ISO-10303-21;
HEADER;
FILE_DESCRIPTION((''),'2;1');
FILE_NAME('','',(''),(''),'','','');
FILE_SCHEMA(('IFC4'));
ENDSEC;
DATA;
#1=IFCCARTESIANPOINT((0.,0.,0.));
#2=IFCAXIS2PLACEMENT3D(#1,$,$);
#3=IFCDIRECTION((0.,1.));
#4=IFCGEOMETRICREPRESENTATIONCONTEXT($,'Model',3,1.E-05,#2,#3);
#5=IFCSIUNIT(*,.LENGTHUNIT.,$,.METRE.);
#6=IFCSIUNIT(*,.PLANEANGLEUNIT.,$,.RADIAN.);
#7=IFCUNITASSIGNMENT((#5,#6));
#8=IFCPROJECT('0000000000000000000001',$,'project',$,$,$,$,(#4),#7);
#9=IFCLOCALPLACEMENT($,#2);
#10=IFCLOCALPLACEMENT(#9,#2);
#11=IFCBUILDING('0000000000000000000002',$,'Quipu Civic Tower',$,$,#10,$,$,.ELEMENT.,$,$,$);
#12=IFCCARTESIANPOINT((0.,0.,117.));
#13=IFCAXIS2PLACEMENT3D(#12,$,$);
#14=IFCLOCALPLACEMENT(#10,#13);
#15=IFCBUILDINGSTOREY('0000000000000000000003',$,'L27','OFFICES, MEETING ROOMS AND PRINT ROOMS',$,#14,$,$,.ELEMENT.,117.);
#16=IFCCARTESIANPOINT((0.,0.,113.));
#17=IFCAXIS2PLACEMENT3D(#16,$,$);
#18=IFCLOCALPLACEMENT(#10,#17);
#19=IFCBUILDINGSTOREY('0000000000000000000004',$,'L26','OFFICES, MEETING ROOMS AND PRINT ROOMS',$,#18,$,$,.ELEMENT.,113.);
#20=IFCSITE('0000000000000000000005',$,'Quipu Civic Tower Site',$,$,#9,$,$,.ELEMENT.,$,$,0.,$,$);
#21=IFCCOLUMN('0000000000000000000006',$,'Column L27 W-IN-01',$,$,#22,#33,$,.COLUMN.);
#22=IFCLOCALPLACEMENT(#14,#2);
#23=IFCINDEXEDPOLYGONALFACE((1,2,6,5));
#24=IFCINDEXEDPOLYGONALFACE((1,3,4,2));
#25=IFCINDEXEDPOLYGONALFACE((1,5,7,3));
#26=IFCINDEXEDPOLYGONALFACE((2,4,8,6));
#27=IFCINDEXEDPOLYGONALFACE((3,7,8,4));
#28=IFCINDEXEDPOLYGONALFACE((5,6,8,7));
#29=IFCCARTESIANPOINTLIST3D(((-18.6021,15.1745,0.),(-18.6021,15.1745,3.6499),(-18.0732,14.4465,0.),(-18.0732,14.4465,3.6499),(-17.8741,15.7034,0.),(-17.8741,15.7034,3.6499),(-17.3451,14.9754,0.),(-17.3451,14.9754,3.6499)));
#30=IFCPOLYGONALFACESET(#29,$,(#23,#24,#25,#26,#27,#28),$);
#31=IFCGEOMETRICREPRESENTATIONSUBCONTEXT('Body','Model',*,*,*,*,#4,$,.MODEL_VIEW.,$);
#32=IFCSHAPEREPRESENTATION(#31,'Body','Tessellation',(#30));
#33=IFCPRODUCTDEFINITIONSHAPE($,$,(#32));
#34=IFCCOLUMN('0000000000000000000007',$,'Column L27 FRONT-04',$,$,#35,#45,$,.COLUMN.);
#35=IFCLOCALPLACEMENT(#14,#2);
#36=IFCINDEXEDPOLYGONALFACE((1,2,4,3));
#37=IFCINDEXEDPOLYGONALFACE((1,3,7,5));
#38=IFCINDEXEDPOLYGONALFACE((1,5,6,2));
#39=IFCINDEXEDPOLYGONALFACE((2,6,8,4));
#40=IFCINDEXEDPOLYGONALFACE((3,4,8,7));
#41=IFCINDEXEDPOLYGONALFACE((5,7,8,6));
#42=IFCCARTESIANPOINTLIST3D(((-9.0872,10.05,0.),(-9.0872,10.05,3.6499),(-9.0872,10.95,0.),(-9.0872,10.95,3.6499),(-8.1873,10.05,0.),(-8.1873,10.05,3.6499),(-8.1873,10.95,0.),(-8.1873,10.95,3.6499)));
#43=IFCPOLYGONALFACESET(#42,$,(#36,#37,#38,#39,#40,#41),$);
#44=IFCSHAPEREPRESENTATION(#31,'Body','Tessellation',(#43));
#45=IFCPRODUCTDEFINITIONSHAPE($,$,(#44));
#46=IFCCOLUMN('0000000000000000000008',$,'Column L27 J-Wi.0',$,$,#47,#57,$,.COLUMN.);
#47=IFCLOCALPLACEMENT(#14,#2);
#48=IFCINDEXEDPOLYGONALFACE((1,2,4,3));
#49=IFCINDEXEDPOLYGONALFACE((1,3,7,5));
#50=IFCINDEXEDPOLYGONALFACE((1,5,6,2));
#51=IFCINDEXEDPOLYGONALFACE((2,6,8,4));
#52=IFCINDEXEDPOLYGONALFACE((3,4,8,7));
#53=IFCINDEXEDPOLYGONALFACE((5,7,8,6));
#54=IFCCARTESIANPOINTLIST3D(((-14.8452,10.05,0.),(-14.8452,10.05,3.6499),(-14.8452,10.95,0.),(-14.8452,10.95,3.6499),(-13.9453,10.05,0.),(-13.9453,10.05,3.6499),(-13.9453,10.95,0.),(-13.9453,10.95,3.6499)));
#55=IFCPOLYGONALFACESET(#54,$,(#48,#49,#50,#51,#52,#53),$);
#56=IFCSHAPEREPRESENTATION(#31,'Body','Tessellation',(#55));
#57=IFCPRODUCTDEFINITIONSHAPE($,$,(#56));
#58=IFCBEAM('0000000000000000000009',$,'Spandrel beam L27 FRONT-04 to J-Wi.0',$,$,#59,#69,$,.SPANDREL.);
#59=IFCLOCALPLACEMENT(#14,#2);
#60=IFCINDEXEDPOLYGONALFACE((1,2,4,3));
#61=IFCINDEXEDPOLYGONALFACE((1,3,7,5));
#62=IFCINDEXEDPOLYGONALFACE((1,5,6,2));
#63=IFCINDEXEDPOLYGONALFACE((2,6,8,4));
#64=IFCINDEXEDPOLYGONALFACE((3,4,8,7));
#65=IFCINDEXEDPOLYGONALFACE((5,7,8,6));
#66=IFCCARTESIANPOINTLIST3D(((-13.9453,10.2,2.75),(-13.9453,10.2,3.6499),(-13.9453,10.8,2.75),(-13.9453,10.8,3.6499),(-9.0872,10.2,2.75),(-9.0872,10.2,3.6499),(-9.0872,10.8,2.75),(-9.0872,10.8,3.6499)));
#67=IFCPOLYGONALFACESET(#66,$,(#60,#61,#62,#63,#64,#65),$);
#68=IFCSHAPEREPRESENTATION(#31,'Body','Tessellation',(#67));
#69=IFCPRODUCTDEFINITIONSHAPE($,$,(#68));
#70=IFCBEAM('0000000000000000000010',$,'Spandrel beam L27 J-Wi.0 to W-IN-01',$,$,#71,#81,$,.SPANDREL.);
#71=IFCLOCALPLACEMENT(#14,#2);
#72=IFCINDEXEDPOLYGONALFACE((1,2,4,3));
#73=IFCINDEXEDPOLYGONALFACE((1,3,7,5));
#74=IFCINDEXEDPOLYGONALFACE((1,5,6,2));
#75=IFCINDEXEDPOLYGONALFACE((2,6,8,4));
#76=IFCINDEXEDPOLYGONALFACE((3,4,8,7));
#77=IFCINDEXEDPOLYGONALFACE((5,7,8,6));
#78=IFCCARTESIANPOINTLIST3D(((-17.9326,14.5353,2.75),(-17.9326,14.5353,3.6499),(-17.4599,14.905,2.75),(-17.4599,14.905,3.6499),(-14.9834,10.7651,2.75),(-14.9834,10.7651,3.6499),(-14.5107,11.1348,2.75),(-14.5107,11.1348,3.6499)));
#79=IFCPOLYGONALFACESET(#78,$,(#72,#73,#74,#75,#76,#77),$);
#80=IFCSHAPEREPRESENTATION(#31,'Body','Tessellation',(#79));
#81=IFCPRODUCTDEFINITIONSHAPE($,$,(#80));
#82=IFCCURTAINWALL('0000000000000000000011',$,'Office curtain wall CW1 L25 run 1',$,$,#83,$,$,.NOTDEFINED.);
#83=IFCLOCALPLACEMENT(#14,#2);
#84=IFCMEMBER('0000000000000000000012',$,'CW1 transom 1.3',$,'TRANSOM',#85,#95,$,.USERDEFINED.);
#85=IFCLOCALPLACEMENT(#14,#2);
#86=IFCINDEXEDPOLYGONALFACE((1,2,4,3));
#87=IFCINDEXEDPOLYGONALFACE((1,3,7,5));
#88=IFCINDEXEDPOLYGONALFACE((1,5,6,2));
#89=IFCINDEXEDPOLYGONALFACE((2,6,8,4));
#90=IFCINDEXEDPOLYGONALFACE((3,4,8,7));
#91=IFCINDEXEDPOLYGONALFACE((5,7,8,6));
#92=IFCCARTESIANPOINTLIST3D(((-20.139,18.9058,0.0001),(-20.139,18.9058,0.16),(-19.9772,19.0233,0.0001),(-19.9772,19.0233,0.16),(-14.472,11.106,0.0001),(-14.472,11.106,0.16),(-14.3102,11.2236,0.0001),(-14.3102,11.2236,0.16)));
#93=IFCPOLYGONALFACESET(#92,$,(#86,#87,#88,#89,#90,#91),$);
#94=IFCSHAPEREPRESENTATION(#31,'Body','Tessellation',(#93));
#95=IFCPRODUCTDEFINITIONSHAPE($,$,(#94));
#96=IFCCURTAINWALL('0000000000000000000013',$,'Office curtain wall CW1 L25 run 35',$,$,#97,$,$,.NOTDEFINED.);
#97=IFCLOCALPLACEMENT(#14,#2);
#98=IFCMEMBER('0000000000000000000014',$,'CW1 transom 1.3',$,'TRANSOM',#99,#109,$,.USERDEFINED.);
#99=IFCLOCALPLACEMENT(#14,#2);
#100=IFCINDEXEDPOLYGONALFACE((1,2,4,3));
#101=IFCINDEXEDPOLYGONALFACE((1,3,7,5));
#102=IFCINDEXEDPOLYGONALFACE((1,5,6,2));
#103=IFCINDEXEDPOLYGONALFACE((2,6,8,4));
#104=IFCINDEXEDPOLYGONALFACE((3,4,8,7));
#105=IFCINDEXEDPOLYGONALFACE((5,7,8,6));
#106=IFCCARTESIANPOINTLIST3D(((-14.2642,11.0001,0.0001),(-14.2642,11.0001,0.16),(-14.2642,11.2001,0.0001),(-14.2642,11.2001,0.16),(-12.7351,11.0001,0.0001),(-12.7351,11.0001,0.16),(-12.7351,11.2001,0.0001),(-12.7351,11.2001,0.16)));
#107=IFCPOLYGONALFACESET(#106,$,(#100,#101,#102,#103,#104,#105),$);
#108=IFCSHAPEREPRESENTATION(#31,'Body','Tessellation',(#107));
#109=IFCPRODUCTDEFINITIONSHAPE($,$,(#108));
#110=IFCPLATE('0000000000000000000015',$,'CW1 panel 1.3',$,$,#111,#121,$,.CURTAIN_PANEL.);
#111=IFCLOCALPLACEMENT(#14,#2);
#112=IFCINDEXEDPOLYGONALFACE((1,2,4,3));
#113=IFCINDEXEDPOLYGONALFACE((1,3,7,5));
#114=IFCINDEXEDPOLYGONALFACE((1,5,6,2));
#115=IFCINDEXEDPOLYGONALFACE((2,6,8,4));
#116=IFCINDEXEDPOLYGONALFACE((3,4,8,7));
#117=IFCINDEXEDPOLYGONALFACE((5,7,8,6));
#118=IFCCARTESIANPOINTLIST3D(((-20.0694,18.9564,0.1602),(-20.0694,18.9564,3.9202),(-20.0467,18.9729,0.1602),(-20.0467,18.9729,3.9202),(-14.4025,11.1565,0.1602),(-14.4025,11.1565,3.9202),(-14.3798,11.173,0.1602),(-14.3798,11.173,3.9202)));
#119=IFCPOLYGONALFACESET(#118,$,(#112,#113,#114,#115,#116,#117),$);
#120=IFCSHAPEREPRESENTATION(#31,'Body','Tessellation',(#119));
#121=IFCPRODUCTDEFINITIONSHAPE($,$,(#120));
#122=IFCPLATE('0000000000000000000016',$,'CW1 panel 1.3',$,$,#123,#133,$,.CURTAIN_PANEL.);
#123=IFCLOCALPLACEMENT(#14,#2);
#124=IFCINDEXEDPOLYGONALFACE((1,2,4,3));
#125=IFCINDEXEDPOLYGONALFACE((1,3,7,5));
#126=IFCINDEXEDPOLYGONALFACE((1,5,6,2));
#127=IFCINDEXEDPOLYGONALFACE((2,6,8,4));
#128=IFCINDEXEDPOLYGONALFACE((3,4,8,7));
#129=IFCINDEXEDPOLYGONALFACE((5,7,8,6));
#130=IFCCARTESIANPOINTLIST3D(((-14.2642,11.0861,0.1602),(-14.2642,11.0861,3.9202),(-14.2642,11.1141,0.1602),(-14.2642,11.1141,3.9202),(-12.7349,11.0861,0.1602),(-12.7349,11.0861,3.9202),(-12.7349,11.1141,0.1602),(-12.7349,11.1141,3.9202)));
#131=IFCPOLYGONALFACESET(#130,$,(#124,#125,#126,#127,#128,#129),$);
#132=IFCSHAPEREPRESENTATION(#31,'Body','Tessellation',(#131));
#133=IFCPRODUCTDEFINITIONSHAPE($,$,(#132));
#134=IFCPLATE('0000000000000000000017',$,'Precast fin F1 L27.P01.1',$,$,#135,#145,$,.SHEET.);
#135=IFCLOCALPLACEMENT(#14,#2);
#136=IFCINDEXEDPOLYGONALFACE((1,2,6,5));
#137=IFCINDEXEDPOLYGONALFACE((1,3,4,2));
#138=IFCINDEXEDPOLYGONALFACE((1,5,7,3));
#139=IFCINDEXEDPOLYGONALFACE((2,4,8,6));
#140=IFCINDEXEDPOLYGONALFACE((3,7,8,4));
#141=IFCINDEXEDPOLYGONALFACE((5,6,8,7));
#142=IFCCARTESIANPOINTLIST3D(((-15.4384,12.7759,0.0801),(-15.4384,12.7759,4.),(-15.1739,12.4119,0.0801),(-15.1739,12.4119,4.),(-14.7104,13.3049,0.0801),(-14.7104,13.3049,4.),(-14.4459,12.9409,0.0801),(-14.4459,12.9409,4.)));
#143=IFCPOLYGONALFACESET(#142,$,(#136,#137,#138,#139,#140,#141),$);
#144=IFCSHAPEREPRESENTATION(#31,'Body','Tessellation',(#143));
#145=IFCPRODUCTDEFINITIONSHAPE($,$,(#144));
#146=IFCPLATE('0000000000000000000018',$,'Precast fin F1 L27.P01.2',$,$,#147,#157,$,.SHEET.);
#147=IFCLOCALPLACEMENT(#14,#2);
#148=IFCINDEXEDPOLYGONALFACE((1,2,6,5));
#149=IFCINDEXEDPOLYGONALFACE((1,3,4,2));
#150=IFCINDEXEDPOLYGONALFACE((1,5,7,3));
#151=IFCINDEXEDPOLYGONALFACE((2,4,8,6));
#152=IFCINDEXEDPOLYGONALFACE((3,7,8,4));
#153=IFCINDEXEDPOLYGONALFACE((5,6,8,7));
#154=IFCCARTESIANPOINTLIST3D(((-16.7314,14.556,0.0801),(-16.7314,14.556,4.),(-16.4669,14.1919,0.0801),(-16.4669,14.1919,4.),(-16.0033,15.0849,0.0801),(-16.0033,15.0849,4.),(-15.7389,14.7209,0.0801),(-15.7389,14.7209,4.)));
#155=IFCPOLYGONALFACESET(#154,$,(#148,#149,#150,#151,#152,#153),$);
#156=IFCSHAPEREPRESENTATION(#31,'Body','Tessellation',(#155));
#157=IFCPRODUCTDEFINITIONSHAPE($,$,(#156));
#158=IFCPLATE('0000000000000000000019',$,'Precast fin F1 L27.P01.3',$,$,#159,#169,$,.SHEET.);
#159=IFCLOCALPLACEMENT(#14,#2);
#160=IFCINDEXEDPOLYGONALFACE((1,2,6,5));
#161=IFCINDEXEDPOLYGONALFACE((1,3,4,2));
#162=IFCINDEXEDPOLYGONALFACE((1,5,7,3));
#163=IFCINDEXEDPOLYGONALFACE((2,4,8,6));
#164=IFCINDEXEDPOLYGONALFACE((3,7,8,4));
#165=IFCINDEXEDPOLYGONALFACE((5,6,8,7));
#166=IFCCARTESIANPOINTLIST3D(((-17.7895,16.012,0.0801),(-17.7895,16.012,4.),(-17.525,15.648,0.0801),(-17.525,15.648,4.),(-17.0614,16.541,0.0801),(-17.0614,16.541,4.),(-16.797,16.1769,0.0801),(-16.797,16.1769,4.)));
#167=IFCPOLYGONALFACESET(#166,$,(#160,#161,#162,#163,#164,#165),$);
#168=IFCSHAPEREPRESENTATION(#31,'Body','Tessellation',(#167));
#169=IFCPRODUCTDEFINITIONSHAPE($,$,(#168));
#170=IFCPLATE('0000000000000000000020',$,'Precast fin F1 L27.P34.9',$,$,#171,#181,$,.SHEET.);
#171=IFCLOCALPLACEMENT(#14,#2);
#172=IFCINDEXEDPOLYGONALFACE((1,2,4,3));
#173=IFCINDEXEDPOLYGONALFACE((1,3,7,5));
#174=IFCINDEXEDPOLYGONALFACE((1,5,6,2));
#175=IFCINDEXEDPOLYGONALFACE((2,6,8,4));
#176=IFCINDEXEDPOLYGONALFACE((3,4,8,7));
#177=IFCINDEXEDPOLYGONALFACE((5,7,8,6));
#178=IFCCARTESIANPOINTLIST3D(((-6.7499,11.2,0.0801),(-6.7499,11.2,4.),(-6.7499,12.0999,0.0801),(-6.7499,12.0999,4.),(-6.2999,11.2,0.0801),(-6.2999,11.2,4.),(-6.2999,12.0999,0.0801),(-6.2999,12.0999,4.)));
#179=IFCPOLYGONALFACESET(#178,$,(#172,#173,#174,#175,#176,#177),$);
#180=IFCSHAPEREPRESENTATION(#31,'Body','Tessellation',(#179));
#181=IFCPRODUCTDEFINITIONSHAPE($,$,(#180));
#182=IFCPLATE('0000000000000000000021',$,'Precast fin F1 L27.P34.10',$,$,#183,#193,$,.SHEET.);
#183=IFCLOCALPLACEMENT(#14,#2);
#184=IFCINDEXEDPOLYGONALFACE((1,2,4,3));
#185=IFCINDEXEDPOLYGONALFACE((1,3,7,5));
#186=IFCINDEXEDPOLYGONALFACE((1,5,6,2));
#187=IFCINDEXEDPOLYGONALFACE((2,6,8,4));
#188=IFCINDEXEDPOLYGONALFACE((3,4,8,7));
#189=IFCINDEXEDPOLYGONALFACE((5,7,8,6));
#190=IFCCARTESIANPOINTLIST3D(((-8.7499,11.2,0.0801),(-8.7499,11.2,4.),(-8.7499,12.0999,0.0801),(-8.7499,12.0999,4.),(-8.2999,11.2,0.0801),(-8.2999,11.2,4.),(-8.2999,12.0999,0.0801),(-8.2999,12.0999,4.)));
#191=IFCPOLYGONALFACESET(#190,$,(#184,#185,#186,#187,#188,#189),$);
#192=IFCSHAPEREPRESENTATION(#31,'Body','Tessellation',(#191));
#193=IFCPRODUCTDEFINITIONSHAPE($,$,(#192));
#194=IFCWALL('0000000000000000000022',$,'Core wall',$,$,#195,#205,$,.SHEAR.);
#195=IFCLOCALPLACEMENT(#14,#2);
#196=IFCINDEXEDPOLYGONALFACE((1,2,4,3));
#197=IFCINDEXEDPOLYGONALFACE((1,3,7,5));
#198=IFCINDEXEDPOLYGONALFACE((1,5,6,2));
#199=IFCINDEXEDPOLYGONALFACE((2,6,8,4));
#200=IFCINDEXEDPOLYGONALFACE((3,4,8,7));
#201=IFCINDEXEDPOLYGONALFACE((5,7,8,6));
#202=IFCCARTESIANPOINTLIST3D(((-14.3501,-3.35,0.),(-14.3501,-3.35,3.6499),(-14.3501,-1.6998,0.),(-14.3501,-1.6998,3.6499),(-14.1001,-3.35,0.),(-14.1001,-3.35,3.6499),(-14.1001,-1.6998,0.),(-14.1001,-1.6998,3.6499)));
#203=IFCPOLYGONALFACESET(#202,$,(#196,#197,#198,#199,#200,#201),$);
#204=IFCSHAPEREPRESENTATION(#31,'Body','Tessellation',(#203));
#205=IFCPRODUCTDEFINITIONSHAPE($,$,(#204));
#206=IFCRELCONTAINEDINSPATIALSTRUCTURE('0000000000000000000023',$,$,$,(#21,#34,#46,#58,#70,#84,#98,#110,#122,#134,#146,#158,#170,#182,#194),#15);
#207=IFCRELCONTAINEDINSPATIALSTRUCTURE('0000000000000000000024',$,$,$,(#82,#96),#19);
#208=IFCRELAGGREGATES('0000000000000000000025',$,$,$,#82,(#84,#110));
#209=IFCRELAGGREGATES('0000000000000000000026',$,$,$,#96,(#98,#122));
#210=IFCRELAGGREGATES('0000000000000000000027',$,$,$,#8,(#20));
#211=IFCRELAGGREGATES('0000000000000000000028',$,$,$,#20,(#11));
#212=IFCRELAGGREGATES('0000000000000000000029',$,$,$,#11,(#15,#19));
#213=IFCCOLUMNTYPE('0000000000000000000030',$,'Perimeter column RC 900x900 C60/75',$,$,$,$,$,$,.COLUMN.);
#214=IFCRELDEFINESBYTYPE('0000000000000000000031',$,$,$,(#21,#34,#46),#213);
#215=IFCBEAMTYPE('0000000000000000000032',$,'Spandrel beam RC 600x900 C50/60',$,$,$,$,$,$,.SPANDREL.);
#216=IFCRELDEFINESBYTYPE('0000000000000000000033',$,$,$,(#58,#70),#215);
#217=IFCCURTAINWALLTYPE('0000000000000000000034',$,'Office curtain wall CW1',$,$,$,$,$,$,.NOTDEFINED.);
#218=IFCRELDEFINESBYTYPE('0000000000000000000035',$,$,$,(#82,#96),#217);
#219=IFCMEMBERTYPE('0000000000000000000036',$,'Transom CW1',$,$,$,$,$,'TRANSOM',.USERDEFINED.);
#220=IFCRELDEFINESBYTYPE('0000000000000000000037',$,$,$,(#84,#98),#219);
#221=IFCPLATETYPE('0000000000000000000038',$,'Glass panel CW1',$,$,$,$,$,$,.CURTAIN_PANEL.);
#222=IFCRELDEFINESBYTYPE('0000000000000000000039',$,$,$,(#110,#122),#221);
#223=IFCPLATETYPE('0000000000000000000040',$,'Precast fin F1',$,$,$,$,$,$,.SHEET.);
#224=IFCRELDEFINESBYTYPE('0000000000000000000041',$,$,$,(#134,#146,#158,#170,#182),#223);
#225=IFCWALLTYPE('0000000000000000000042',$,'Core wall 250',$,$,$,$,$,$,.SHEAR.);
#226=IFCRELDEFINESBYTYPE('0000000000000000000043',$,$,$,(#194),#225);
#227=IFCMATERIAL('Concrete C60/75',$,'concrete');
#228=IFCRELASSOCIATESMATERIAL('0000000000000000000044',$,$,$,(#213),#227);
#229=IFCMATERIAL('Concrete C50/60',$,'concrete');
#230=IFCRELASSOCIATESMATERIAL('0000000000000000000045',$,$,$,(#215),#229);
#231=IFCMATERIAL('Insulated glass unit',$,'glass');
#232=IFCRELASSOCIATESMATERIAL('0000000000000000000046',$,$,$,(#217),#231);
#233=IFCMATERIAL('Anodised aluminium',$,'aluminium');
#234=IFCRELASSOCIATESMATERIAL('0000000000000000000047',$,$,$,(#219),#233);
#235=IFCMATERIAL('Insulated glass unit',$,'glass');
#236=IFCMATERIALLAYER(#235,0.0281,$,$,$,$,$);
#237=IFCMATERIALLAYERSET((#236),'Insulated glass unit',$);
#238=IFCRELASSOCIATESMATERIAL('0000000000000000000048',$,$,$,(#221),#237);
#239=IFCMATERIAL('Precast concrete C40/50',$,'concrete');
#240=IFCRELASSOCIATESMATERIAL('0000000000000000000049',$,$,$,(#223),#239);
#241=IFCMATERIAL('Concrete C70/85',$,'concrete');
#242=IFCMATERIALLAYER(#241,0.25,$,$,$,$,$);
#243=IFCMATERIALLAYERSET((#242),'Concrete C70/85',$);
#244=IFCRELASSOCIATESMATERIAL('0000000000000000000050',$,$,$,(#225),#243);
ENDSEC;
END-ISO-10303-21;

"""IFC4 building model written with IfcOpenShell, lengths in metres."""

from ifc_helpers import new_model, si_unit, direction, frame, frame_2d, origin, origin_2d, place, context, subcontext, project, spatial, rectangle, extrude, material, layer, layer_set, material_profile, profile_set, type_object, element, aggregate, save


model = new_model("IFC4")

# Units and contexts
model_context = context("Model", 3, precision=1e-05, world=origin(), true_north=direction((0.0, 1.0)))
body_context = subcontext(model_context, "Body", "Model", "MODEL_VIEW")
ifc_project = project(units=[si_unit("LENGTHUNIT", "METRE"), si_unit("PLANEANGLEUNIT", "RADIAN")], contexts=[model_context])

# Site, building, storey
site_placement = place(None, origin())
site = spatial("IfcSite", under=ifc_project, at=site_placement, Name="Quipu Civic Tower Site", CompositionType="ELEMENT", RefElevation=0.0)
building_placement = place(site_placement, origin())
building = spatial("IfcBuilding", under=site, at=building_placement, Name="Quipu Civic Tower", CompositionType="ELEMENT")
storey_1_placement = place(building_placement, frame((0.0, 0.0, 117.0)))
storey_1 = spatial("IfcBuildingStorey", under=building, at=storey_1_placement, Name="L27", Description="OFFICES, MEETING ROOMS AND PRINT ROOMS", CompositionType="ELEMENT", Elevation=117.0)

# Columns
ifc_material_1 = material(Name="Concrete C60/75", Category="concrete")
ifc_material_profile_1 = material_profile(ifc_material_1, rectangle(XDim=0.8999, YDim=0.8999, at=origin_2d()), Name="RC900x900")
ifc_profile_set_1 = profile_set([ifc_material_profile_1], Name="Concrete C60/75")
column_type = type_object("IfcColumnType", Name="Perimeter column RC 900x900 C60/75", PredefinedType="COLUMN", material=ifc_profile_set_1)
for number, where, z_axis, x_axis, name in (
    (1, (-17.9736, 15.075, 0.0), (0.0, 0.0, 1.0), (-0.587785, 0.809017, 0.0), "Column L27 W-IN-01"),
    (2, (-8.6372, 10.5, 0.0), (0.0, 0.0, 1.0), (-1.0, 0.0, 0.0), "Column L27 FRONT-04"),
    (3, (-14.3953, 10.5, 0.0), (0.0, 0.0, 1.0), (-1.0, 0.0, 0.0), "Column L27 J-Wi.0"),
):
    element("IfcColumn", number, at=place(storey_1_placement, frame(where, z_axis=z_axis, x_axis=x_axis)), inside=storey_1, type_object=column_type, Name=name, PredefinedType="COLUMN", context=body_context, shape_type="SweptSolid", body=[
        extrude(rectangle(XDim=0.8999, YDim=0.8999, at=origin_2d()), origin(), (0.0, 0.0, 1.0), 3.6499),
    ])

# Beams
ifc_material_2 = material(Name="Concrete C50/60", Category="concrete")
ifc_material_profile_2 = material_profile(ifc_material_2, rectangle(XDim=0.6001, YDim=0.8999, at=origin_2d()), Name="RC600x900")
ifc_profile_set_2 = profile_set([ifc_material_profile_2], Name="Concrete C50/60")
beam_type = type_object("IfcBeamType", Name="Spandrel beam RC 600x900 C50/60", PredefinedType="SPANDREL", material=ifc_profile_set_2)
beam_1_placement = place(storey_1_placement, frame((-9.0872, 10.5, 3.2), z_axis=(-1.0, 0.0, 0.0), x_axis=(0.0, -1.0, 0.0)))
element("IfcBeam", 4, at=beam_1_placement, inside=storey_1, type_object=beam_type, Name="Spandrel beam L27 FRONT-04 to J-Wi.0", PredefinedType="SPANDREL", context=body_context, shape_type="SweptSolid", body=[
    extrude(rectangle(XDim=0.6001, YDim=0.8999, at=origin_2d()), origin(), (0.0, 0.0, 1.0), 4.8582),
])
beam_2_placement = place(storey_1_placement, frame((-14.7471, 10.95, 3.2), z_axis=(-0.616124, 0.787649, 0.0), x_axis=(-0.787649, -0.616124, 0.0)))
element("IfcBeam", 5, at=beam_2_placement, inside=storey_1, type_object=beam_type, Name="Spandrel beam L27 J-Wi.0 to W-IN-01", PredefinedType="SPANDREL", context=body_context, shape_type="SweptSolid", body=[
    extrude(rectangle(XDim=0.6001, YDim=0.8999, at=origin_2d()), origin(), (0.0, 0.0, 1.0), 4.7866),
])

# Shared definitions
storey_2_placement = place(building_placement, frame((0.0, 0.0, 113.0)))
storey_2 = spatial("IfcBuildingStorey", under=building, at=storey_2_placement, Name="L26", Description="OFFICES, MEETING ROOMS AND PRINT ROOMS", CompositionType="ELEMENT", Elevation=113.0)

# Curtain walls, members
ifc_material_3 = material(Name="Insulated glass unit", Category="glass")
curtain_wall_type = type_object("IfcCurtainWallType", Name="Office curtain wall CW1", PredefinedType="NOTDEFINED", material=ifc_material_3)
curtain_wall_1_placement = place(storey_2_placement, origin())
curtain_wall_1 = element("IfcCurtainWall", 6, at=curtain_wall_1_placement, inside=storey_2, type_object=curtain_wall_type, Name="Office curtain wall CW1 L25 run 1", PredefinedType="NOTDEFINED")
ifc_material_4 = material(Name="Anodised aluminium", Category="aluminium")
ifc_material_profile_3 = material_profile(ifc_material_4, rectangle(XDim=0.2, YDim=0.1599, at=origin_2d()), Name="RECT 200x160")
ifc_profile_set_3 = profile_set([ifc_material_profile_3], Name="Anodised aluminium")
member_type = type_object("IfcMemberType", Name="Transom CW1", ElementType="TRANSOM", PredefinedType="USERDEFINED", material=ifc_profile_set_3)
member_1_placement = place(storey_1_placement, frame((-14.3911, 11.1648, 0.0801), z_axis=(-0.587792, 0.809012, 0.0), x_axis=(-0.809012, -0.587792, 0.0)))
member_1 = element("IfcMember", 7, at=member_1_placement, inside=storey_1, type_object=member_type, Name="CW1 transom 1.3", ObjectType="TRANSOM", PredefinedType="USERDEFINED", context=body_context, shape_type="SweptSolid", body=[
    extrude(rectangle(XDim=0.2, YDim=0.1599, at=origin_2d()), origin(), (0.0, 0.0, 1.0), 9.6411),
])
curtain_wall_2_placement = place(storey_2_placement, origin())
curtain_wall_2 = element("IfcCurtainWall", 8, at=curtain_wall_2_placement, inside=storey_2, type_object=curtain_wall_type, Name="Office curtain wall CW1 L25 run 35", PredefinedType="NOTDEFINED")
member_2_placement = place(storey_1_placement, frame((-12.7351, 11.1001, 0.0801), z_axis=(-1.0, 0.0, 0.0), x_axis=(0.0, -1.0, 0.0)))
member_2 = element("IfcMember", 9, at=member_2_placement, inside=storey_1, type_object=member_type, Name="CW1 transom 1.3", ObjectType="TRANSOM", PredefinedType="USERDEFINED", context=body_context, shape_type="SweptSolid", body=[
    extrude(rectangle(XDim=0.2, YDim=0.1599, at=origin_2d()), origin(), (0.0, 0.0, 1.0), 1.5291),
])

# Plates
ifc_material_5 = material(Name="Insulated glass unit", Category="glass")
ifc_layer_1 = layer(ifc_material_5, 0.0281)
ifc_layer_set_1 = layer_set([ifc_layer_1], Name="Insulated glass unit")
plate_type_1 = type_object("IfcPlateType", Name="Glass panel CW1", PredefinedType="CURTAIN_PANEL", material=ifc_layer_set_1)
plate_1_placement = place(storey_1_placement, frame((-17.2246, 15.0647, 0.1602), z_axis=(0.0, 0.0, 1.0), x_axis=(-0.587786, 0.809017, 0.0)))
plate_1 = element("IfcPlate", 10, at=plate_1_placement, inside=storey_1, type_object=plate_type_1, Name="CW1 panel 1.3", PredefinedType="CURTAIN_PANEL", context=body_context, shape_type="SweptSolid", body=[
    extrude(rectangle(XDim=9.6411, YDim=0.0281, at=origin_2d()), origin(), (0.0, 0.0, 1.0), 3.76),
])
aggregate(curtain_wall_1, [member_1, plate_1])
plate_2_placement = place(storey_1_placement, frame((-13.4995, 11.1001, 0.1602), z_axis=(0.0, 0.0, 1.0), x_axis=(-1.0, 0.0, 0.0)))
plate_2 = element("IfcPlate", 11, at=plate_2_placement, inside=storey_1, type_object=plate_type_1, Name="CW1 panel 1.3", PredefinedType="CURTAIN_PANEL", context=body_context, shape_type="SweptSolid", body=[
    extrude(rectangle(XDim=1.5293, YDim=0.0281, at=origin_2d()), origin(), (0.0, 0.0, 1.0), 3.76),
])
aggregate(curtain_wall_2, [member_2, plate_2])

# Plates
ifc_material_6 = material(Name="Precast concrete C40/50", Category="concrete")
plate_type_2 = type_object("IfcPlateType", Name="Precast fin F1", PredefinedType="SHEET", material=ifc_material_6)
for number, where, z_axis, x_axis, name in (
    (12, (-14.9421, 12.8584, 0.0801), (0.0, 0.0, 1.0), (-0.587785, 0.809017, 0.0), "Precast fin F1 L27.P01.1"),
    (13, (-16.2351, 14.6384, 0.0801), (0.0, 0.0, 1.0), (-0.587785, 0.809017, 0.0), "Precast fin F1 L27.P01.2"),
    (14, (-17.2932, 16.0945, 0.0801), (0.0, 0.0, 1.0), (-0.587785, 0.809017, 0.0), "Precast fin F1 L27.P01.3"),
    (15, (-6.5249, 11.6499, 0.0801), (0.0, 0.0, 1.0), (-1.0, 0.0, 0.0), "Precast fin F1 L27.P34.9"),
    (16, (-8.5249, 11.6499, 0.0801), (0.0, 0.0, 1.0), (-1.0, 0.0, 0.0), "Precast fin F1 L27.P34.10"),
):
    element("IfcPlate", number, at=place(storey_1_placement, frame(where, z_axis=z_axis, x_axis=x_axis)), inside=storey_1, type_object=plate_type_2, Name=name, PredefinedType="SHEET", context=body_context, shape_type="SweptSolid", body=[
        extrude(rectangle(XDim=0.45, YDim=0.8999, at=origin_2d()), origin(), (0.0, 0.0, 1.0), 3.9199),
    ])

# Wall
ifc_material_7 = material(Name="Concrete C70/85", Category="concrete")
ifc_layer_2 = layer(ifc_material_7, 0.25)
ifc_layer_set_2 = layer_set([ifc_layer_2], Name="Concrete C70/85")
wall_type_1 = type_object("IfcWallType", Name="Core wall 250", PredefinedType="SHEAR", material=ifc_layer_set_2)
wall_1_placement = place(storey_1_placement, frame((-14.2251, -3.3501, 0.0), z_axis=(0.0, 0.0, 1.0), x_axis=(0.0, 1.0, 0.0)))
element("IfcWall", 17, at=wall_1_placement, inside=storey_1, type_object=wall_type_1, Name="Core wall", PredefinedType="SHEAR", context=body_context, shape_type="SweptSolid", body=[
    extrude(rectangle(XDim=1.6501, YDim=0.25, at=frame_2d((0.8252, 0.0))), origin(), (0.0, 0.0, 1.0), 3.6499),
])

save(model, "model.ifc")
